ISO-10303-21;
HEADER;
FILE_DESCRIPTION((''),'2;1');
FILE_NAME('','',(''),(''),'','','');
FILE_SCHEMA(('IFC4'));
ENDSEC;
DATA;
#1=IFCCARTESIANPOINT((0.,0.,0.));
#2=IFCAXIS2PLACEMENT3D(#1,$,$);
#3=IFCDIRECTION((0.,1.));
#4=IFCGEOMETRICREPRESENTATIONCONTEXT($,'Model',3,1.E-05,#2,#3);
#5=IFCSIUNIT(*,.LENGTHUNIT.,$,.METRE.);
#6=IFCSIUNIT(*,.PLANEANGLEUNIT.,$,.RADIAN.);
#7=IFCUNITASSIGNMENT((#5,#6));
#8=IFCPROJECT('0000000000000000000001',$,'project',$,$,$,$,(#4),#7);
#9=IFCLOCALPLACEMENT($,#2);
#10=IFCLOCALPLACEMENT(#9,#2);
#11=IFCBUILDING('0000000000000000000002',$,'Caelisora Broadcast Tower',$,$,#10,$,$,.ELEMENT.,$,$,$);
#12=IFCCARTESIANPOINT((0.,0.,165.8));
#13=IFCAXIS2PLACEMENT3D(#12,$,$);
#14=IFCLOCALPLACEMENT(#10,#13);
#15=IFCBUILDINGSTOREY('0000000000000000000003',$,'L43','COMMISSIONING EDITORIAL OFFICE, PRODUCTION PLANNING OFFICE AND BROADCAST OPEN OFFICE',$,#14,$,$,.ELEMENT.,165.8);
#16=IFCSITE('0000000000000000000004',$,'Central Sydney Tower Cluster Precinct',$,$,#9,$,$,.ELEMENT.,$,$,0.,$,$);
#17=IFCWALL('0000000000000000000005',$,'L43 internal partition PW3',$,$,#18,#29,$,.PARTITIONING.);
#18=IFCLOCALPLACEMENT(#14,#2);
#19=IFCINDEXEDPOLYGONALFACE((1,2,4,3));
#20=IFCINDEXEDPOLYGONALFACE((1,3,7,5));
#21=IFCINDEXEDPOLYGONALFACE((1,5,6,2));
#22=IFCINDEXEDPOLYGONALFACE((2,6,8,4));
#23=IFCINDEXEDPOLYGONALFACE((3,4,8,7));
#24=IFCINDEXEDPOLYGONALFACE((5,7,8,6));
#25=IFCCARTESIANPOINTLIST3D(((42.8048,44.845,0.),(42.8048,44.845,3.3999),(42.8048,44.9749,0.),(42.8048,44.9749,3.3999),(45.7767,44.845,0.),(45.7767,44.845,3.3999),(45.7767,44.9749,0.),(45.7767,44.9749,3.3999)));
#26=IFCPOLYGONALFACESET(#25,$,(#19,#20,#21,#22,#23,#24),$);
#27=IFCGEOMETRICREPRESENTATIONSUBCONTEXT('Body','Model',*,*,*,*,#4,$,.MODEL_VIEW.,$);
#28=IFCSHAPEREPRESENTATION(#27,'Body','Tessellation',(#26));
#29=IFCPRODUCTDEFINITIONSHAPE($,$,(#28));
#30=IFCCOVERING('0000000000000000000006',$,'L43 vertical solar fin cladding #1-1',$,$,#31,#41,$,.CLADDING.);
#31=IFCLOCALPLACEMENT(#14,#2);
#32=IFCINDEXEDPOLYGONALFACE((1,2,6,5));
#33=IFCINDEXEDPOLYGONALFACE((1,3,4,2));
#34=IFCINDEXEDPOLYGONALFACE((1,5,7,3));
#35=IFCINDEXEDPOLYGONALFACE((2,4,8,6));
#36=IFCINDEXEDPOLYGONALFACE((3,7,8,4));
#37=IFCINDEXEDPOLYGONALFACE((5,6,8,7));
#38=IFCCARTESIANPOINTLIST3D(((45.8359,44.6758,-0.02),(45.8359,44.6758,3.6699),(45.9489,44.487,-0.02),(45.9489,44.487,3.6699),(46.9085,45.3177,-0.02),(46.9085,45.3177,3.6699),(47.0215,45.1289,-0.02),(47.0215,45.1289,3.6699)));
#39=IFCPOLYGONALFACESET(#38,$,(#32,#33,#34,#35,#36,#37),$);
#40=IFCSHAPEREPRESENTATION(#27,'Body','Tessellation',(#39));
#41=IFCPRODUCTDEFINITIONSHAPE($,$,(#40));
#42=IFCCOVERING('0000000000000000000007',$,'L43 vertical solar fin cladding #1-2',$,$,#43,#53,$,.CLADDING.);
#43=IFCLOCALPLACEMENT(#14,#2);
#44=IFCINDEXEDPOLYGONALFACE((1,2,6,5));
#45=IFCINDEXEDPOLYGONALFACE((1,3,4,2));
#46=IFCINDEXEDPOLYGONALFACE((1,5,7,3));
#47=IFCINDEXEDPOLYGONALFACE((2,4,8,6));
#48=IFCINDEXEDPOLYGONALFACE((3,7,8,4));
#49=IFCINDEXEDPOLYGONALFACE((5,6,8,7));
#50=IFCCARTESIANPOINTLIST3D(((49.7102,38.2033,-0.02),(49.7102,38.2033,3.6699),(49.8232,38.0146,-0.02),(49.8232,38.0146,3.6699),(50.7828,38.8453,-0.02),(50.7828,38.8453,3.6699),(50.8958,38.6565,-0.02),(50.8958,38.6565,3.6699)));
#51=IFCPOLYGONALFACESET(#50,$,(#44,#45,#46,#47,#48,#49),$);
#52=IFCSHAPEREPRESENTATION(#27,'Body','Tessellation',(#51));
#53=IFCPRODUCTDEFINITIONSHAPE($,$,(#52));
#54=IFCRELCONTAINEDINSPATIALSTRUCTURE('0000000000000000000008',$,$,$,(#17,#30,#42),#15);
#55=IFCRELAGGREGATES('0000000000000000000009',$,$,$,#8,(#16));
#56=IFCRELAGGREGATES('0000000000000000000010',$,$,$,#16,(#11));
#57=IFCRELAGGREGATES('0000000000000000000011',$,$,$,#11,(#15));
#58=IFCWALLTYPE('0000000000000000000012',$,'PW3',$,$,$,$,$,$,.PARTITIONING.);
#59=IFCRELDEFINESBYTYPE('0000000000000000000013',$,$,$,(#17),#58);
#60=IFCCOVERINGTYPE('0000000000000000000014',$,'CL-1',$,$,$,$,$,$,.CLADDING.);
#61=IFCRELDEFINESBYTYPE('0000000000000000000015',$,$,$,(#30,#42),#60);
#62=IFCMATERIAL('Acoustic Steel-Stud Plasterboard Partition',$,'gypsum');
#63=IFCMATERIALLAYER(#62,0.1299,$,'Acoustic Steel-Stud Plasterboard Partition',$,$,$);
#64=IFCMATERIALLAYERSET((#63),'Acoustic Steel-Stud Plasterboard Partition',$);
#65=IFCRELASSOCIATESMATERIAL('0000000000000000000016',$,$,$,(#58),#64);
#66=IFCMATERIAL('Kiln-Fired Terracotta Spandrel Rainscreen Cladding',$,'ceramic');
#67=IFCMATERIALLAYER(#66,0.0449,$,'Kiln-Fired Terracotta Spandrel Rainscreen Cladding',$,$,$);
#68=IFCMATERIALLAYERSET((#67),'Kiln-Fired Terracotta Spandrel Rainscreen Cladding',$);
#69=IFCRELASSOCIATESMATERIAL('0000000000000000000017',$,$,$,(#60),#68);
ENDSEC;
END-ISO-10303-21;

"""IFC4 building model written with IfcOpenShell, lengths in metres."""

from ifc_helpers import new_model, si_unit, direction, frame, frame_2d, origin, origin_2d, place, context, subcontext, project, spatial, rectangle, extrude, source, transform, mapped, material, layer, layer_set, type_object, type_shapes, element, save


model = new_model("IFC4")

# Units and contexts
model_context = context("Model", 3, precision=1e-05, world=origin(), true_north=direction((0.0, 1.0)))
body_context = subcontext(model_context, "Body", "Model", "MODEL_VIEW")
ifc_project = project(units=[si_unit("LENGTHUNIT", "METRE"), si_unit("PLANEANGLEUNIT", "RADIAN")], contexts=[model_context])

# Site, building, storey
site_placement = place(None, origin())
site = spatial("IfcSite", under=ifc_project, at=site_placement, Name="Central Sydney Tower Cluster Precinct", CompositionType="ELEMENT", RefElevation=0.0)
building_placement = place(site_placement, origin())
building = spatial("IfcBuilding", under=site, at=building_placement, Name="Caelisora Broadcast Tower", CompositionType="ELEMENT")
storey_placement = place(building_placement, frame((0.0, 0.0, 165.8)))
storey = spatial("IfcBuildingStorey", under=building, at=storey_placement, Name="L43", Description="COMMISSIONING EDITORIAL OFFICE, PRODUCTION PLANNING OFFICE AND BROADCAST OPEN OFFICE", CompositionType="ELEMENT", Elevation=165.8)

# Wall
ifc_material_1 = material(Name="Acoustic Steel-Stud Plasterboard Partition", Category="gypsum")
ifc_layer_1 = layer(ifc_material_1, 0.1299, Name="Acoustic Steel-Stud Plasterboard Partition")
ifc_layer_set_1 = layer_set([ifc_layer_1], Name="Acoustic Steel-Stud Plasterboard Partition")
wall_type = type_object("IfcWallType", Name="PW3", PredefinedType="PARTITIONING", material=ifc_layer_set_1)
wall_placement = place(storey_placement, frame((42.8049, 44.9099, 0.0), z_axis=(0.0, 0.0, 1.0), x_axis=(1.0, 0.0, 0.0)))
element("IfcWall", 1, at=wall_placement, inside=storey, type_object=wall_type, Name="L43 internal partition PW3", PredefinedType="PARTITIONING", context=body_context, shape_type="SweptSolid", body=[
    extrude(rectangle(XDim=2.9719, YDim=0.1299, at=frame_2d((1.4858, 0.0))), origin(), (0.0, 0.0, 1.0), 3.3999),
])

# Coverings
ifc_material_2 = material(Name="Kiln-Fired Terracotta Spandrel Rainscreen Cladding", Category="ceramic")
ifc_layer_2 = layer(ifc_material_2, 0.0449, Name="Kiln-Fired Terracotta Spandrel Rainscreen Cladding")
ifc_layer_set_2 = layer_set([ifc_layer_2], Name="Kiln-Fired Terracotta Spandrel Rainscreen Cladding")
covering_type = type_object("IfcCoveringType", Name="CL-1", PredefinedType="CLADDING", material=ifc_layer_set_2)
shared_shape_1 = source(origin(), body_context, "Body", "SweptSolid", [
    extrude(rectangle(XDim=0.22, YDim=1.25, at=origin_2d()), origin(), (0.0, 0.0, 1.0), 3.6899),
])
type_shapes(covering_type, [shared_shape_1])
for number, where, z_axis, x_axis, name in (
    (2, (46.4287, 44.9023, -0.02), (0.0, 0.0, 1.0), (0.513541, -0.858065, 0.0), "L43 vertical solar fin cladding #1-1"),
    (3, (50.303, 38.4299, -0.02), (0.0, 0.0, 1.0), (0.513541, -0.858065, 0.0), "L43 vertical solar fin cladding #1-2"),
):
    element("IfcCovering", number, at=place(storey_placement, frame(where, z_axis=z_axis, x_axis=x_axis)), inside=storey, type_object=covering_type, Name=name, PredefinedType="CLADDING", context=body_context, shape_type="MappedRepresentation", body=[
        mapped(shared_shape_1, transform((0.0, 0.0, 0.0), scale=1.0)),
    ])

save(model, "model.ifc")
